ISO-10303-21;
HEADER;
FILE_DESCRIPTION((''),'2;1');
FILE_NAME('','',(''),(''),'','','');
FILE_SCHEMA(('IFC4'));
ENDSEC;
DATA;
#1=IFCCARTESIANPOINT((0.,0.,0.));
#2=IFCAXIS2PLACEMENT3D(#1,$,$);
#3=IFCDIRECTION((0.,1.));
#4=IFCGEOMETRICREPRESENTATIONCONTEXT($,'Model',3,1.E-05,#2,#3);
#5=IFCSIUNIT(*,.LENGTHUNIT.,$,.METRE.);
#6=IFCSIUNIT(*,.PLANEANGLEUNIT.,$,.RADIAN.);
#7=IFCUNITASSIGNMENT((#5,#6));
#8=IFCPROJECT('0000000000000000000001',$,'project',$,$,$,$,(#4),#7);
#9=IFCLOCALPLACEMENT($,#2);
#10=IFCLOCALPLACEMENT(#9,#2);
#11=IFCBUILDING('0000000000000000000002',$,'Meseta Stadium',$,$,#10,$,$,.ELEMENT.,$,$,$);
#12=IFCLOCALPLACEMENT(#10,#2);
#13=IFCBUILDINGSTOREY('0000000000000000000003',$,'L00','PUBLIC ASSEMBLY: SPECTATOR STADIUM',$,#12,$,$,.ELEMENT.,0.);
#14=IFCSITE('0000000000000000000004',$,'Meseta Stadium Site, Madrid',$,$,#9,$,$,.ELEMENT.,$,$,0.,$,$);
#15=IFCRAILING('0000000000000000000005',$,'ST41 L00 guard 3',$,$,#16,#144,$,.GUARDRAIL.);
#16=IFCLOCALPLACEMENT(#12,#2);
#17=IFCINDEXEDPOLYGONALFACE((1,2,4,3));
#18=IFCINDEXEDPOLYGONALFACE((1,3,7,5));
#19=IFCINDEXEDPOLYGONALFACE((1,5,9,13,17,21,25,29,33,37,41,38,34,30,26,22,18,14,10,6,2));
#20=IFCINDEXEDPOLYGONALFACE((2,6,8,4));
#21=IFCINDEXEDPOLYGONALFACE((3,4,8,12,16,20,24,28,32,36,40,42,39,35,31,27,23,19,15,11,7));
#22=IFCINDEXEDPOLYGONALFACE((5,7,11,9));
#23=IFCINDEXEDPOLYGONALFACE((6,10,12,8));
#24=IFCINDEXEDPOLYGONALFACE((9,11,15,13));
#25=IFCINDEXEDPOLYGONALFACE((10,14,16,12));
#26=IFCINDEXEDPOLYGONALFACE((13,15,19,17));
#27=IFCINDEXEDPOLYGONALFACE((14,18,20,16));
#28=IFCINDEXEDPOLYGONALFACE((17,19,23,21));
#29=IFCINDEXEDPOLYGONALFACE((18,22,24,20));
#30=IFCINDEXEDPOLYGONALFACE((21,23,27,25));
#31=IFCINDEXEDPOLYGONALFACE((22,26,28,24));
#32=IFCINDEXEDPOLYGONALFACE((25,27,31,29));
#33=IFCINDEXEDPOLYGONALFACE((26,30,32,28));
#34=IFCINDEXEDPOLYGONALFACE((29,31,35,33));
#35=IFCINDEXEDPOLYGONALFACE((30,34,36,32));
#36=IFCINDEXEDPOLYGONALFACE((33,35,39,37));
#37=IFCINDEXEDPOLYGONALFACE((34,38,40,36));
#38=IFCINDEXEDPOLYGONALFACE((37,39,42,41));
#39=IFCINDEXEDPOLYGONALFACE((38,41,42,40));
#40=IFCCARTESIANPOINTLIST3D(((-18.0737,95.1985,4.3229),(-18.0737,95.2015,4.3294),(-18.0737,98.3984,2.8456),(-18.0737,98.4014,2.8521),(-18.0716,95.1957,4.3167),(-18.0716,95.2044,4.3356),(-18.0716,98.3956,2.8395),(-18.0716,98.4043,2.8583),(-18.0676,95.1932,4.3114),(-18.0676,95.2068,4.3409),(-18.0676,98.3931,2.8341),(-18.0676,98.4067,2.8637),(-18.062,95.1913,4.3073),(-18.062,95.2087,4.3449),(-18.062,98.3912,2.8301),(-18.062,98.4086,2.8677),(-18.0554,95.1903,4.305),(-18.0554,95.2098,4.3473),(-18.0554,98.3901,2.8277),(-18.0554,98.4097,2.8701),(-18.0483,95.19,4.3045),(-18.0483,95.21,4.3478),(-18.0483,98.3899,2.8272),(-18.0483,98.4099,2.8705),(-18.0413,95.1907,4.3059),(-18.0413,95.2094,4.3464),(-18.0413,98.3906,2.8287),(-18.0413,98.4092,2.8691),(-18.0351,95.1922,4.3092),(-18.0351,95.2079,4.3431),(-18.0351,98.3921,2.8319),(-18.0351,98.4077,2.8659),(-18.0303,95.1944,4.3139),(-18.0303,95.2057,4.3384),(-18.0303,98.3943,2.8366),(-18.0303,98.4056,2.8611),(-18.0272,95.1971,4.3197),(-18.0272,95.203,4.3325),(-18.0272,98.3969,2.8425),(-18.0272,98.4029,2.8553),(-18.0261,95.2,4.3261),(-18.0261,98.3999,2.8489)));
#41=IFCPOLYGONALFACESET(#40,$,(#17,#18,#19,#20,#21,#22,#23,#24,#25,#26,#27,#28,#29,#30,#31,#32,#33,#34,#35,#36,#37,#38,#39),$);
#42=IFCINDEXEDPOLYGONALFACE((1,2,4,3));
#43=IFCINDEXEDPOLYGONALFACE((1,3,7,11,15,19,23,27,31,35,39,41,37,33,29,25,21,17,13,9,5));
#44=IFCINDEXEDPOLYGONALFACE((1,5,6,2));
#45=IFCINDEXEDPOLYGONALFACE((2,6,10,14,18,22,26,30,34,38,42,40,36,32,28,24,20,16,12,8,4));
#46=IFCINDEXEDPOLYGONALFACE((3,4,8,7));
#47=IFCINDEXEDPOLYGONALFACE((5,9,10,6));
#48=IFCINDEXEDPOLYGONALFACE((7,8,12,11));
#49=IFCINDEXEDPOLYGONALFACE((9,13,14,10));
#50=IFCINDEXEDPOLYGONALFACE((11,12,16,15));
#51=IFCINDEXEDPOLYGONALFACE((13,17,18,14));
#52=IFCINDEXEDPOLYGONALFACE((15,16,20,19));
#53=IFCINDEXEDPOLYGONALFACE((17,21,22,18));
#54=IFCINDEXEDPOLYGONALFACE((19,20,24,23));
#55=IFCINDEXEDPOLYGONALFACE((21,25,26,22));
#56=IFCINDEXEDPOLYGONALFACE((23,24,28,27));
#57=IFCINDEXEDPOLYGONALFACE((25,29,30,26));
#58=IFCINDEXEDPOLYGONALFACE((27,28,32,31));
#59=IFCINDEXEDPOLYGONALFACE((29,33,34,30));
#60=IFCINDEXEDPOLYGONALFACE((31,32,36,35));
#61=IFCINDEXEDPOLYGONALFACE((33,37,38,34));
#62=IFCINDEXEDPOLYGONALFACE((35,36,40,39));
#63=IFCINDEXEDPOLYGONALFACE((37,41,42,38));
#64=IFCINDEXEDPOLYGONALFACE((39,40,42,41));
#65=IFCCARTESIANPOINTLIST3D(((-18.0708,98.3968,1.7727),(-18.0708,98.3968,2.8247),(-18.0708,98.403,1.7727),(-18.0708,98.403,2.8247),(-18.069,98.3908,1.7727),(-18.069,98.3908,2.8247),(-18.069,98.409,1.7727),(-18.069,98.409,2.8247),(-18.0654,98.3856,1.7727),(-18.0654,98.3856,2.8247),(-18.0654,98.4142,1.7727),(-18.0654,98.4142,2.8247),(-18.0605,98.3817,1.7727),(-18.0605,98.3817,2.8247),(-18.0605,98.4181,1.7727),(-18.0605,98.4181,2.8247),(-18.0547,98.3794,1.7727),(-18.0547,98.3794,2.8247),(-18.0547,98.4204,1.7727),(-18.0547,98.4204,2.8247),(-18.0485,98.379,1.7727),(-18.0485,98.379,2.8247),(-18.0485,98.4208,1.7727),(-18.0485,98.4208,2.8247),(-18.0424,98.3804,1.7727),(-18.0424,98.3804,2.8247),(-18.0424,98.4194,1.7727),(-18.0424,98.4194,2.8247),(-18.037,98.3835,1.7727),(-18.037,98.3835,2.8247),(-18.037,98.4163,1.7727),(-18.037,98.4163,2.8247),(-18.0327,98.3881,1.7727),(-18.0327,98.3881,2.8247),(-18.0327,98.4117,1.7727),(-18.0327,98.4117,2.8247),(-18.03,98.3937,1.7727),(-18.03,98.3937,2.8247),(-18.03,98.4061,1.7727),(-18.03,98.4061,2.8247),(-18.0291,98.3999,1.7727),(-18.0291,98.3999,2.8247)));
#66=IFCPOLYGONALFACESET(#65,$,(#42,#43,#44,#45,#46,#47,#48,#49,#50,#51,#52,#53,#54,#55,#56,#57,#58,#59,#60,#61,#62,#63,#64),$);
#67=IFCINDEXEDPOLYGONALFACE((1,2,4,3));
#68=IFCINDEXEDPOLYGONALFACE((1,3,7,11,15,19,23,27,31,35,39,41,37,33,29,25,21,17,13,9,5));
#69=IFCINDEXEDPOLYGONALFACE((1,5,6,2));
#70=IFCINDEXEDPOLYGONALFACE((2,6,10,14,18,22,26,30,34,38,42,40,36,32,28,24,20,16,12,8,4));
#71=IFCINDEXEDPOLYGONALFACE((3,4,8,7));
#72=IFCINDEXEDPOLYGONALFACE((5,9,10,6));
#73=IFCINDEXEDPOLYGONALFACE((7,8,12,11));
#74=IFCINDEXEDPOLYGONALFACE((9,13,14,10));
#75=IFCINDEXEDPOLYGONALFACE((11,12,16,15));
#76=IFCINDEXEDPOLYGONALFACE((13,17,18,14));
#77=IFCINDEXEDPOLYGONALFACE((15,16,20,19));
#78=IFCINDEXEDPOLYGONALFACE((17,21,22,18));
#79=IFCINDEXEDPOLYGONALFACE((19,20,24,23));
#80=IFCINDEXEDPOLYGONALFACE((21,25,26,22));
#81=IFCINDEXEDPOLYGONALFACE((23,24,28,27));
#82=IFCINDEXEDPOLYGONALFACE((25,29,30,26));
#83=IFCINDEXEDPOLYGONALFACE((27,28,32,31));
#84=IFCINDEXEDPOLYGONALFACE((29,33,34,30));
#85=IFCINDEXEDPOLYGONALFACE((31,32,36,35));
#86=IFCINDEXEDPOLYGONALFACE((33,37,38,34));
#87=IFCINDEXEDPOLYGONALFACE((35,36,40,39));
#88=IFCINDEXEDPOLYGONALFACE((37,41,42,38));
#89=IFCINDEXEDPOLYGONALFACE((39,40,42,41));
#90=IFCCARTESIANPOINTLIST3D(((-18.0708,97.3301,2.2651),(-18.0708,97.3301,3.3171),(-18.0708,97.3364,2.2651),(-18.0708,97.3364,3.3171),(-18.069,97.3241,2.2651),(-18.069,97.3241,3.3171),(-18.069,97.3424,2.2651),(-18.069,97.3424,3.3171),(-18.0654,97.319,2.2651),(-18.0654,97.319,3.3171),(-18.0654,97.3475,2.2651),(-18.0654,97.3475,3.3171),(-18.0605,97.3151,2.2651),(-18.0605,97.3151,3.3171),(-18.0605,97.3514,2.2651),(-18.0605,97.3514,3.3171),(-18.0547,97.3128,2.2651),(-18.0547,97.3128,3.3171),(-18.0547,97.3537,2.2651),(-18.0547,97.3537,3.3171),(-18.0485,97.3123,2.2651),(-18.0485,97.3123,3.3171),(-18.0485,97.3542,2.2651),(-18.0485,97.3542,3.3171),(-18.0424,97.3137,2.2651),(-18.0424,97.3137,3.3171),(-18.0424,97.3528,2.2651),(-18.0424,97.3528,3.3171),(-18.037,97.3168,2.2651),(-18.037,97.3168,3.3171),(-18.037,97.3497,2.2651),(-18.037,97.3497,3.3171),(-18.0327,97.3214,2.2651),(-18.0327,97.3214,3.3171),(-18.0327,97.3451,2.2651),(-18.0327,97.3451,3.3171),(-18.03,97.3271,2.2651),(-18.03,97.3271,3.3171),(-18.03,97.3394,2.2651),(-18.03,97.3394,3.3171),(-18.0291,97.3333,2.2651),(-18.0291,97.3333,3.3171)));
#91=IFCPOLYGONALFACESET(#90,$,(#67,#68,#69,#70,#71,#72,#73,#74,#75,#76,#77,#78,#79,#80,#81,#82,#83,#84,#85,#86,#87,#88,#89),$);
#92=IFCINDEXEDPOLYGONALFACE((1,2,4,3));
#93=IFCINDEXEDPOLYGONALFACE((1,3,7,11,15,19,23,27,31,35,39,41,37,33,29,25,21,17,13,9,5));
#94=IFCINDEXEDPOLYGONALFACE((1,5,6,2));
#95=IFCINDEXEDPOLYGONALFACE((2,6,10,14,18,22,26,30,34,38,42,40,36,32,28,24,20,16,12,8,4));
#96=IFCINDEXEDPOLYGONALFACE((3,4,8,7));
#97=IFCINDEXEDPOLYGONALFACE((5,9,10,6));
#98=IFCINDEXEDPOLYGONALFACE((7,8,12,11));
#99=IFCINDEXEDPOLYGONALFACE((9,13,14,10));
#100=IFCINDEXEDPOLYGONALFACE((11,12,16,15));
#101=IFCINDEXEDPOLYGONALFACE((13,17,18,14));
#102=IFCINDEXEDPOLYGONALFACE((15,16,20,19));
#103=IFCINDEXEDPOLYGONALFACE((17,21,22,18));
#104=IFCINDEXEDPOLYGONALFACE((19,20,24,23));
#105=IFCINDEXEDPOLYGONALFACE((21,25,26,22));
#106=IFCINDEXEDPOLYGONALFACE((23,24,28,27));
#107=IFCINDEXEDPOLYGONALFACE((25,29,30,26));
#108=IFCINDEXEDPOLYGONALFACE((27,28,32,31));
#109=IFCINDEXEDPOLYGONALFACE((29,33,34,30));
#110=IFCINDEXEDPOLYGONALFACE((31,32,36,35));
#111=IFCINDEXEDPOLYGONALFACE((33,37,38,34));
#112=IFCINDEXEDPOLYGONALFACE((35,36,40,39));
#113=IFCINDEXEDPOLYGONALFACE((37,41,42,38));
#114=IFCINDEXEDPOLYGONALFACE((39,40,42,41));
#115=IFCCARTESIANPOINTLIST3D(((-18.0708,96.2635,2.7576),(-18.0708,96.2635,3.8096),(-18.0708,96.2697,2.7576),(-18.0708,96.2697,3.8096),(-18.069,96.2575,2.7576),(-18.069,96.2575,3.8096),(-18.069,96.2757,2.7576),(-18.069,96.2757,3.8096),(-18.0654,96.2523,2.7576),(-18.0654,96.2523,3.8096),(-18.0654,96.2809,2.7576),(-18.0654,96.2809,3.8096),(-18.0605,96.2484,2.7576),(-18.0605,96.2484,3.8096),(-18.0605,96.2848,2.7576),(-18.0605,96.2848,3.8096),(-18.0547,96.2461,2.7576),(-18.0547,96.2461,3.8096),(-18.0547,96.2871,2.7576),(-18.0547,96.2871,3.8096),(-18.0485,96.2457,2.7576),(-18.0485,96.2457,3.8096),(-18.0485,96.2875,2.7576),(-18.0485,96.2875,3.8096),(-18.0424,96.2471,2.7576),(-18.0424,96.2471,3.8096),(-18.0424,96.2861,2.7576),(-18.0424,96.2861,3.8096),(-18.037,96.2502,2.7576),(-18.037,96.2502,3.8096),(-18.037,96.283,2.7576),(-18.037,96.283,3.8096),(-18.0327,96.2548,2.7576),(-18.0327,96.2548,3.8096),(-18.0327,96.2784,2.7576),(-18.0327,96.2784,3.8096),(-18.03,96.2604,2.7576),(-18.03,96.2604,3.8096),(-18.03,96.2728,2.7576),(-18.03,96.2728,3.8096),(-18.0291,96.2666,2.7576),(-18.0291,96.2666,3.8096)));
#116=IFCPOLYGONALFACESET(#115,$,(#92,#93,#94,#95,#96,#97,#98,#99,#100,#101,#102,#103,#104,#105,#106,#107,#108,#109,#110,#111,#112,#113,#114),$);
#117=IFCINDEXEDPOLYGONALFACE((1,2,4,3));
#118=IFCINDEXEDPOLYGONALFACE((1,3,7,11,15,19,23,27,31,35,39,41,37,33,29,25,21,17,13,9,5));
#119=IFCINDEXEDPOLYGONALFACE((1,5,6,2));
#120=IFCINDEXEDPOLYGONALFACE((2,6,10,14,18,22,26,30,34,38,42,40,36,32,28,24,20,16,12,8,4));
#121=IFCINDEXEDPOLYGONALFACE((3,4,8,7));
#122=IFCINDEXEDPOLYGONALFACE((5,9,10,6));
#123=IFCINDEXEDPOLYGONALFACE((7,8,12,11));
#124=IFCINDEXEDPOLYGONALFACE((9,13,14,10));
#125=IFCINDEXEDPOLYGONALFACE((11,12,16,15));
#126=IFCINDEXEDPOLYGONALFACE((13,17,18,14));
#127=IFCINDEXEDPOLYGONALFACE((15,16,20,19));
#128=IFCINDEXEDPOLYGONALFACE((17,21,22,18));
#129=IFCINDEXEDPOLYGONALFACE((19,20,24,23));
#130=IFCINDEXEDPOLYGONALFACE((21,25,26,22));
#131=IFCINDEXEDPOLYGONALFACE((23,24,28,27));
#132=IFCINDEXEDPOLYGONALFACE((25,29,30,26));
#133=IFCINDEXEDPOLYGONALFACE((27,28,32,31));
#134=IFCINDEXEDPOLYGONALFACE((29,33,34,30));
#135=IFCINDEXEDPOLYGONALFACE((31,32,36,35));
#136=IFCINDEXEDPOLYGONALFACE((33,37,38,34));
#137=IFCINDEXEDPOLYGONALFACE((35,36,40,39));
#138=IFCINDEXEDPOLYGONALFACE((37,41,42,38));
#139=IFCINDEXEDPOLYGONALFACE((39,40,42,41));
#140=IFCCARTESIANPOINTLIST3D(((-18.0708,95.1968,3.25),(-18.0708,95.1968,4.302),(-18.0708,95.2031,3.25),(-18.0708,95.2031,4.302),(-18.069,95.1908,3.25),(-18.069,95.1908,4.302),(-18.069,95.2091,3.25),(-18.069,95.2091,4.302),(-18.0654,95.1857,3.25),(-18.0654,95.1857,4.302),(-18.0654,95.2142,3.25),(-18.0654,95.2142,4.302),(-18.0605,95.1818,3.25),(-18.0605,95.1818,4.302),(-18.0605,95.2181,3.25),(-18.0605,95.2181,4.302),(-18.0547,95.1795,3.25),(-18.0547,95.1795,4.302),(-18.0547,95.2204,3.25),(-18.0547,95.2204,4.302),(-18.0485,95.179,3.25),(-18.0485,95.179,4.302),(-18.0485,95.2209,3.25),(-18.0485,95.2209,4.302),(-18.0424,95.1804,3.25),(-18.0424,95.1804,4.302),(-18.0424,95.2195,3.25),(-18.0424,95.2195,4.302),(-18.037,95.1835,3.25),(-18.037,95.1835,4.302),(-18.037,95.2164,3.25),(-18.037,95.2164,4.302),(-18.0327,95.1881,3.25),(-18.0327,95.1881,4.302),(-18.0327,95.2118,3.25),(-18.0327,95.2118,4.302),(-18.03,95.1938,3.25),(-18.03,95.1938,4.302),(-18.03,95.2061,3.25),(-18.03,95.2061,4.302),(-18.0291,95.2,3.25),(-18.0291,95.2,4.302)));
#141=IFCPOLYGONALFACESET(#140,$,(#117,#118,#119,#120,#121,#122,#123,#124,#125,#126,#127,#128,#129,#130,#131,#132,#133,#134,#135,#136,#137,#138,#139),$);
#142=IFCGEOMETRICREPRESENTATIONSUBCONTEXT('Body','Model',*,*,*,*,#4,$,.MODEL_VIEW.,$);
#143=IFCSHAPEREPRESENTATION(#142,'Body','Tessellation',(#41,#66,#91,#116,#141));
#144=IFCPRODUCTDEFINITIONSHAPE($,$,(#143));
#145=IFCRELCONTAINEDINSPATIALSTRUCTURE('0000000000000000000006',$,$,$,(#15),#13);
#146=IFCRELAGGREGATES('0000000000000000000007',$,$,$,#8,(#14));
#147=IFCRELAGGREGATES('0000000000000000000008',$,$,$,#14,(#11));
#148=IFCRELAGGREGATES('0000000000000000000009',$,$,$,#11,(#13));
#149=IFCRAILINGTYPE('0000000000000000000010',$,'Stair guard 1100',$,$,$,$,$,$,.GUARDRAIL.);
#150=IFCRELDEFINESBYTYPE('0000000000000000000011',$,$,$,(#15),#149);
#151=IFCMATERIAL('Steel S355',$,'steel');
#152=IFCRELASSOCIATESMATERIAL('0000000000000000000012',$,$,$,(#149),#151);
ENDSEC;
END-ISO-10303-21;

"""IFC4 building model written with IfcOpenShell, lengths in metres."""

from ifc_helpers import new_model, si_unit, direction, frame, origin, origin_2d, place, context, subcontext, project, spatial, circle, extrude, material, type_object, element, save


model = new_model("IFC4")

# Units and contexts
model_context = context("Model", 3, precision=1e-05, world=origin(), true_north=direction((0.0, 1.0)))
body_context = subcontext(model_context, "Body", "Model", "MODEL_VIEW")
ifc_project = project(units=[si_unit("LENGTHUNIT", "METRE"), si_unit("PLANEANGLEUNIT", "RADIAN")], contexts=[model_context])

# Site, building, storey
site_placement = place(None, origin())
site = spatial("IfcSite", under=ifc_project, at=site_placement, Name="Meseta Stadium Site, Madrid", CompositionType="ELEMENT", RefElevation=0.0)
building_placement = place(site_placement, origin())
building = spatial("IfcBuilding", under=site, at=building_placement, Name="Meseta Stadium", CompositionType="ELEMENT")
storey_placement = place(building_placement, origin())
storey = spatial("IfcBuildingStorey", under=building, at=storey_placement, Name="L00", Description="PUBLIC ASSEMBLY: SPECTATOR STADIUM", CompositionType="ELEMENT", Elevation=0.0)

# Railing
ifc_material_1 = material(Name="Steel S355", Category="steel")
railing_type_1 = type_object("IfcRailingType", Name="Stair guard 1100", PredefinedType="GUARDRAIL", material=ifc_material_1)
railing_1_placement = place(storey_placement, frame((-18.05, 98.3999, 1.7727)))
element("IfcRailing", 1, at=railing_1_placement, inside=storey, type_object=railing_type_1, Name="ST41 L00 guard 3", PredefinedType="GUARDRAIL", context=body_context, shape_type="SweptSolid", body=[
    extrude(circle(Radius=0.0239, at=origin_2d()), frame((0.0, 0.0, 1.0762), z_axis=(0.0, -0.907917, 0.41915), x_axis=(1.0, 0.0, 0.0)), (0.0, 0.0, 1.0), 3.5244),
    extrude(circle(Radius=0.021, at=origin_2d()), origin(), (0.0, 0.0, 1.0), 1.052),
    extrude(circle(Radius=0.021, at=origin_2d()), frame((0.0, -1.0667, 0.4924)), (0.0, 0.0, 1.0), 1.052),
    extrude(circle(Radius=0.021, at=origin_2d()), frame((0.0, -2.1333, 0.9849)), (0.0, 0.0, 1.0), 1.052),
    extrude(circle(Radius=0.021, at=origin_2d()), frame((0.0, -3.2, 1.4773)), (0.0, 0.0, 1.0), 1.052),
])

save(model, "model.ifc")
